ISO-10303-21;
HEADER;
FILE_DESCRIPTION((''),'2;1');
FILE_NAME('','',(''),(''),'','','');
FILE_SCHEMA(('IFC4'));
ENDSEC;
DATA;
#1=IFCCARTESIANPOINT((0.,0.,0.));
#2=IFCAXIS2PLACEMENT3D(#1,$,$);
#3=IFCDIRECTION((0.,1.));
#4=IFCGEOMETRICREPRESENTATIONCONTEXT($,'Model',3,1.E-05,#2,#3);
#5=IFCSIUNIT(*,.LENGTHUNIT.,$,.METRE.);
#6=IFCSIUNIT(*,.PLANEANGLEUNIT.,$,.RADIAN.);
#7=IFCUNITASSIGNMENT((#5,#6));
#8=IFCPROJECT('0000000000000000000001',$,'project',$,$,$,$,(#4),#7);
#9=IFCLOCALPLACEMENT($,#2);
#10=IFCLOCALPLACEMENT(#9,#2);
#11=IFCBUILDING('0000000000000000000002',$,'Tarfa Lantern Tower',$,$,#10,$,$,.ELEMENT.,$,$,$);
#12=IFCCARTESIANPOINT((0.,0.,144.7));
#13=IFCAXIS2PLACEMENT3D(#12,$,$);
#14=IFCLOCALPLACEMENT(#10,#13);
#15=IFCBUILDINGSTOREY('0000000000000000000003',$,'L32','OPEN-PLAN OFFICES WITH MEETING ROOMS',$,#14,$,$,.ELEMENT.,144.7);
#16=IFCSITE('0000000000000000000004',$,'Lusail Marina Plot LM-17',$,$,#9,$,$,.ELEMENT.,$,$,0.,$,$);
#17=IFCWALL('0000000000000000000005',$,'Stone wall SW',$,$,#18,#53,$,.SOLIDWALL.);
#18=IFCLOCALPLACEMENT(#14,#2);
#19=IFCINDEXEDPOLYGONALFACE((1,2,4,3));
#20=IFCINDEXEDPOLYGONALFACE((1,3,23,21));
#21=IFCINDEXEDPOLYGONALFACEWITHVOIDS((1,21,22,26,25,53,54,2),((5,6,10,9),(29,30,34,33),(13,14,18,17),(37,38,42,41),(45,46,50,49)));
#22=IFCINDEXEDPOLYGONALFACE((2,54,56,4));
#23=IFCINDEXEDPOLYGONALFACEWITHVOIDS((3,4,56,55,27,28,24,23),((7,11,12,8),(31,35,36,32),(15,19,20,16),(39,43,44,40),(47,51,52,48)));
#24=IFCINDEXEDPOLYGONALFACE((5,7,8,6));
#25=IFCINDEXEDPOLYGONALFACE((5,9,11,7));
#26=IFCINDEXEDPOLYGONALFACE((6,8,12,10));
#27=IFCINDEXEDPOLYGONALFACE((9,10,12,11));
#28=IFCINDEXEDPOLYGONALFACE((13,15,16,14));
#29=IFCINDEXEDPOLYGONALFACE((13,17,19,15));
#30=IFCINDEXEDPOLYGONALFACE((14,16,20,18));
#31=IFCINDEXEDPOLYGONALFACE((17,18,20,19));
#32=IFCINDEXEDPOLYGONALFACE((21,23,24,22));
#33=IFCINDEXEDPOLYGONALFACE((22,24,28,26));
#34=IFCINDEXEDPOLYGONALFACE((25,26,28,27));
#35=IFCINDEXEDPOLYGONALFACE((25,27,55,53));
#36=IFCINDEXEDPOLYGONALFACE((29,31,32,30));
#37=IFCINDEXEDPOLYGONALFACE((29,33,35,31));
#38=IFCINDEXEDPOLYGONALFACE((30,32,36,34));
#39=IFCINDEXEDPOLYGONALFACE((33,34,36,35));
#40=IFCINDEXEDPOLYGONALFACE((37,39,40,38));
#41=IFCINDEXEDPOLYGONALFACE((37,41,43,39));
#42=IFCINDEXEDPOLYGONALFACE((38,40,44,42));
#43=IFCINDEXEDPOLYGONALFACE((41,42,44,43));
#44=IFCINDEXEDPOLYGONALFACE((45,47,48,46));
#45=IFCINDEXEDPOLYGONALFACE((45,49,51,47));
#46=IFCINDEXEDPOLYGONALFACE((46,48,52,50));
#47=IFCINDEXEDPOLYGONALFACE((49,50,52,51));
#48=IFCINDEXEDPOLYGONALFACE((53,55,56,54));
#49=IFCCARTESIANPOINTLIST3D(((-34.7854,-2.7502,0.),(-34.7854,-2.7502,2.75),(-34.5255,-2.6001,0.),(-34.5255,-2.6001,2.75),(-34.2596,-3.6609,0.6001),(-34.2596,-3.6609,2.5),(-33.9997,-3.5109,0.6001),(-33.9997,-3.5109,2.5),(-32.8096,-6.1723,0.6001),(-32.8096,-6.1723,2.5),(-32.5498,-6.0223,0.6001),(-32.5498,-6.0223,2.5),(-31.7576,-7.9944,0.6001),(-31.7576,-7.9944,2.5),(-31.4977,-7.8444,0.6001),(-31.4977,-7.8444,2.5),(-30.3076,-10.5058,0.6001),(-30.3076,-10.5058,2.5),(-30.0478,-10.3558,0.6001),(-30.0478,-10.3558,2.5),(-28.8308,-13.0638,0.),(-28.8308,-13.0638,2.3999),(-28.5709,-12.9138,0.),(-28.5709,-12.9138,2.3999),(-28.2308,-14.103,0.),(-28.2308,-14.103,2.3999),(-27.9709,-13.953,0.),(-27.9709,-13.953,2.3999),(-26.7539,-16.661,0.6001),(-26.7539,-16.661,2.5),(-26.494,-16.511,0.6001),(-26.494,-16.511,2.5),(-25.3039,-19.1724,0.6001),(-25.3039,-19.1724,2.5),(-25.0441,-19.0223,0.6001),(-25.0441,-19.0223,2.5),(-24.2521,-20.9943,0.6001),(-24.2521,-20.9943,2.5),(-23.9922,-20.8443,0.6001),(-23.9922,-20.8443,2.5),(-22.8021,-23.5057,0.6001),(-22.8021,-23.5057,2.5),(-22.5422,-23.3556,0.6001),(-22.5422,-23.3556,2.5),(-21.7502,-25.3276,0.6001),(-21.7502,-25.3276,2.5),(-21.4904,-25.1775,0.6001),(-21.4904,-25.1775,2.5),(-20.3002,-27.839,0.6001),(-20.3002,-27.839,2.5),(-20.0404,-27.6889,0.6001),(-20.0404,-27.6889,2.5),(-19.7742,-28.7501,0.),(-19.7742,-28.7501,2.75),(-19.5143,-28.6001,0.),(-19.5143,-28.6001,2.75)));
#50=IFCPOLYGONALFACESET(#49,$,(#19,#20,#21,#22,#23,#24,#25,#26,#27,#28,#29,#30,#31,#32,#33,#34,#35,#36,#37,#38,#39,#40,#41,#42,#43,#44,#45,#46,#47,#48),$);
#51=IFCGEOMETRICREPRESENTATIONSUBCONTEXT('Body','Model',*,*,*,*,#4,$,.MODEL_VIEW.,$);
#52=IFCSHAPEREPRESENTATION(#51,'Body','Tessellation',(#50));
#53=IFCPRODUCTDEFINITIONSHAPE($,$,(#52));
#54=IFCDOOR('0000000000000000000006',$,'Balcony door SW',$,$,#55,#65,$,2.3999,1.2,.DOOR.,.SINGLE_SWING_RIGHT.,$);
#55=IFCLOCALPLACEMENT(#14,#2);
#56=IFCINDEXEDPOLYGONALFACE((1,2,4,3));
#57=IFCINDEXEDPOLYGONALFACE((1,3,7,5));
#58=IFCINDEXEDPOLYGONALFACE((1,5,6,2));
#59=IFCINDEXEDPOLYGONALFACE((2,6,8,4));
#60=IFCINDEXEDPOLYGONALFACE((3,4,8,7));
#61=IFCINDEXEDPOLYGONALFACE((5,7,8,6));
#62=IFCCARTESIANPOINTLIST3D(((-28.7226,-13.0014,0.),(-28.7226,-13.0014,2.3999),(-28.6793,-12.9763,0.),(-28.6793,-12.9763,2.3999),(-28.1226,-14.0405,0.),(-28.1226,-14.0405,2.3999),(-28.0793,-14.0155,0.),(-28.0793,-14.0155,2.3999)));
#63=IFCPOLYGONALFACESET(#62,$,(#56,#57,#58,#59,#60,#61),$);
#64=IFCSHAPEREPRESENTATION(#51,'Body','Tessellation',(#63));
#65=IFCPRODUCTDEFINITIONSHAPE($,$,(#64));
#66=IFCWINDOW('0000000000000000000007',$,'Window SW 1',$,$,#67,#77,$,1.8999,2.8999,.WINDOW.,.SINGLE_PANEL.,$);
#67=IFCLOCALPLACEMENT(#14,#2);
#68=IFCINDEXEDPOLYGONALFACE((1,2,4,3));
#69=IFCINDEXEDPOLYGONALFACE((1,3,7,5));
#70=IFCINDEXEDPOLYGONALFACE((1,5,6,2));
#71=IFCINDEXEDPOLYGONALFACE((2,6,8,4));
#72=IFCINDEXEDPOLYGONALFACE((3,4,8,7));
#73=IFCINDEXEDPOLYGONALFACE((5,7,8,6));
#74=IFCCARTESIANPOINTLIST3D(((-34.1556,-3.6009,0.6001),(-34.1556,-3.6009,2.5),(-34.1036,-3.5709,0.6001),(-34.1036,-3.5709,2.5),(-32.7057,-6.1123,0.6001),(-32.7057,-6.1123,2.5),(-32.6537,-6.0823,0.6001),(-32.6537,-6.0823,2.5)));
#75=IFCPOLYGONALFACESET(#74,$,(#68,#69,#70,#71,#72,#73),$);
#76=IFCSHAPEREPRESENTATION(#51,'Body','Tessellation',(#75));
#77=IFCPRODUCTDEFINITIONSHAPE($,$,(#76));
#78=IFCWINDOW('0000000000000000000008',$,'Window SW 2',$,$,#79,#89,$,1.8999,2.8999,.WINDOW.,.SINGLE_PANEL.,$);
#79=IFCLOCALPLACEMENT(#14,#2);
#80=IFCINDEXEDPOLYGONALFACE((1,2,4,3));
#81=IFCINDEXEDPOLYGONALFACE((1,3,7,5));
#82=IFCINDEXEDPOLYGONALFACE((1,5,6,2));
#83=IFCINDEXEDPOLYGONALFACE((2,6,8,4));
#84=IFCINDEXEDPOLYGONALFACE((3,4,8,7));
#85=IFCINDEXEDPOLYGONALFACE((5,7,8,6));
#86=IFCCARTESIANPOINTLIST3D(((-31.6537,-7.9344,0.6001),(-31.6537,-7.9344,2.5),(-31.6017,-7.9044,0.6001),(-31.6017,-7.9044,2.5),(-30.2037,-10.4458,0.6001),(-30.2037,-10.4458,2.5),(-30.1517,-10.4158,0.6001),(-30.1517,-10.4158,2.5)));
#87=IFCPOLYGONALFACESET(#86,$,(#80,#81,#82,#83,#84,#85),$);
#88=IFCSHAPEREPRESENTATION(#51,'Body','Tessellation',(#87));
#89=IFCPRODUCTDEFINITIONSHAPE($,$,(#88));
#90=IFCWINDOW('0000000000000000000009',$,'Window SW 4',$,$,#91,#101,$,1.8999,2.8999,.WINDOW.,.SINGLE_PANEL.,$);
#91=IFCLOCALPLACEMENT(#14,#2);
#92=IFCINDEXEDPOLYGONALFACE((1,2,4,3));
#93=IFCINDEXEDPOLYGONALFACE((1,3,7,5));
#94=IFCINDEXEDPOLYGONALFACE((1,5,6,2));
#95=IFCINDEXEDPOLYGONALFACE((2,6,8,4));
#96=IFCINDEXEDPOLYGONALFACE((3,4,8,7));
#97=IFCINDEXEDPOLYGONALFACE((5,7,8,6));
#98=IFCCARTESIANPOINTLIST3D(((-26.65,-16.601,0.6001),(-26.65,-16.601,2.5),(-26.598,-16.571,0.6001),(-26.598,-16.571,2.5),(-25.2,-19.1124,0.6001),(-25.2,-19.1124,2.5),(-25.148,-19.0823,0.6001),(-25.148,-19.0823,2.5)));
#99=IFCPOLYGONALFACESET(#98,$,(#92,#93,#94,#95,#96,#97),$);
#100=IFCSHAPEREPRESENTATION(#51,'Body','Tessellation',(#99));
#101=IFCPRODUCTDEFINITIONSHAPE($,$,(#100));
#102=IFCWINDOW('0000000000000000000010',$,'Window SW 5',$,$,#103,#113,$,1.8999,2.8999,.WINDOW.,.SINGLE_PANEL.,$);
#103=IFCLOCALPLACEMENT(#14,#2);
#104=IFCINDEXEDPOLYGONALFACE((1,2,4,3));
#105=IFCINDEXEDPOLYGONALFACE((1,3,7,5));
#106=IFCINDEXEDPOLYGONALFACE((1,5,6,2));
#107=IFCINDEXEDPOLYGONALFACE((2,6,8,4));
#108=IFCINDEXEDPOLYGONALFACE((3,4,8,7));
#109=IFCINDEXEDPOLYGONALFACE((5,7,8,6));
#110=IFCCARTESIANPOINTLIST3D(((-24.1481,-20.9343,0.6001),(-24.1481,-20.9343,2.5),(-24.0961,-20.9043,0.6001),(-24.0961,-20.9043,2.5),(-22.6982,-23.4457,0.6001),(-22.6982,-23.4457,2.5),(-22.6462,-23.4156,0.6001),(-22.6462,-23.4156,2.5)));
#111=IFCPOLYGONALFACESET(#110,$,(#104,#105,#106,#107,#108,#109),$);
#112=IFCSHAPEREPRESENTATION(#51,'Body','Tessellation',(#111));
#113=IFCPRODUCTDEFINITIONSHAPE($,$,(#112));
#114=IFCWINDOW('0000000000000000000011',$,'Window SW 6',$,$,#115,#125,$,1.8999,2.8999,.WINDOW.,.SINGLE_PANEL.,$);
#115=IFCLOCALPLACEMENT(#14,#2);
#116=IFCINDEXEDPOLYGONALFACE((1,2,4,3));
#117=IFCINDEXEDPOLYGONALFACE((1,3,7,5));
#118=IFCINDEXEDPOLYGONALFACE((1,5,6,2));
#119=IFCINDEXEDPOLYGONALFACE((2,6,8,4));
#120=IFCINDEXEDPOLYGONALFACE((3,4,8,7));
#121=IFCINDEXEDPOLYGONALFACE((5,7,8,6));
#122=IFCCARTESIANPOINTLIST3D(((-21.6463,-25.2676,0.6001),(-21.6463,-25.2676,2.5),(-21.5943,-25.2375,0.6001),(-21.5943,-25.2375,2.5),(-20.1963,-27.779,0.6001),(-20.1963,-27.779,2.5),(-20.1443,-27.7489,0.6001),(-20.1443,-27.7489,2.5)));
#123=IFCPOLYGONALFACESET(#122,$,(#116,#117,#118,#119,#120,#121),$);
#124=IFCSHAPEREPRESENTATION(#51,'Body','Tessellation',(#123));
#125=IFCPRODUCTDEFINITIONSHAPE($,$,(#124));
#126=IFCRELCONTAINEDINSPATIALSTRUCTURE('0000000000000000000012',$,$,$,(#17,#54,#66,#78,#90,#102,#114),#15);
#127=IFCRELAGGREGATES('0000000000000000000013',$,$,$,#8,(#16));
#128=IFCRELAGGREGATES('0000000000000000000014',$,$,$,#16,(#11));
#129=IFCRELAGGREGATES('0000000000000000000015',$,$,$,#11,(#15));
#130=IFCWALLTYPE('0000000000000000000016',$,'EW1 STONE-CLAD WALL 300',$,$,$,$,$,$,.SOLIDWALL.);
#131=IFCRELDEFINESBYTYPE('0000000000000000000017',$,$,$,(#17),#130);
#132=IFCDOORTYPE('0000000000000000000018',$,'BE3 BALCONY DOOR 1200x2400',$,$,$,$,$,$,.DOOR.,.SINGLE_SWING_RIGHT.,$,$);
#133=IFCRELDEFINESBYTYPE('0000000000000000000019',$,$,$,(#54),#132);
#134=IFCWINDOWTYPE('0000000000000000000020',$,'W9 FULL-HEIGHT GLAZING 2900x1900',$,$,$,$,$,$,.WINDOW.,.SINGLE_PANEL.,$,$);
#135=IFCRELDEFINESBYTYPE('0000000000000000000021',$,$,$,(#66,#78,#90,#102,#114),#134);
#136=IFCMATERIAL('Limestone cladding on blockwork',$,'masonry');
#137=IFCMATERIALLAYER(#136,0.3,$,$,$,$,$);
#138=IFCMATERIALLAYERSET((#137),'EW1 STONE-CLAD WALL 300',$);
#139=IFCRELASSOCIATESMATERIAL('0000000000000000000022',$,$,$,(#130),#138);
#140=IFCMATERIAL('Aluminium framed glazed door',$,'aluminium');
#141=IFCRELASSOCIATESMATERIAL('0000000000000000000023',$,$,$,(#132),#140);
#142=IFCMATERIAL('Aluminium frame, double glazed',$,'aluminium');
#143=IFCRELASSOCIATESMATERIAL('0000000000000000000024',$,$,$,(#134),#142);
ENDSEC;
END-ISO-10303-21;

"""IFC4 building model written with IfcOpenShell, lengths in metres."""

from ifc_helpers import new_model, si_unit, direction, frame, frame_2d, origin, place, context, subcontext, project, spatial, rectangle, extrude, material, layer, layer_set, type_object, element, fill, save


model = new_model("IFC4")

# Units and contexts
model_context = context("Model", 3, precision=1e-05, world=origin(), true_north=direction((0.0, 1.0)))
body_context = subcontext(model_context, "Body", "Model", "MODEL_VIEW")
ifc_project = project(units=[si_unit("LENGTHUNIT", "METRE"), si_unit("PLANEANGLEUNIT", "RADIAN")], contexts=[model_context])

# Site, building, storey
site_placement = place(None, origin())
site = spatial("IfcSite", under=ifc_project, at=site_placement, Name="Lusail Marina Plot LM-17", CompositionType="ELEMENT", RefElevation=0.0)
building_placement = place(site_placement, origin())
building = spatial("IfcBuilding", under=site, at=building_placement, Name="Tarfa Lantern Tower", CompositionType="ELEMENT")
storey_placement = place(building_placement, frame((0.0, 0.0, 144.7)))
storey = spatial("IfcBuildingStorey", under=building, at=storey_placement, Name="L32", Description="OPEN-PLAN OFFICES WITH MEETING ROOMS", CompositionType="ELEMENT", Elevation=144.7)

# Wall, openings, door, windows
ifc_material_1 = material(Name="Limestone cladding on blockwork", Category="masonry")
ifc_layer_1 = layer(ifc_material_1, 0.3)
ifc_layer_set_1 = layer_set([ifc_layer_1], Name="EW1 STONE-CLAD WALL 300")
wall_type = type_object("IfcWallType", Name="EW1 STONE-CLAD WALL 300", PredefinedType="SOLIDWALL", material=ifc_layer_set_1)
wall_placement = place(storey_placement, frame((-34.6555, -2.675, 0.0), z_axis=(0.0, 0.0, 1.0), x_axis=(0.500003, -0.866024, 0.0)))
wall = element("IfcWall", 1, at=wall_placement, inside=storey, type_object=wall_type, Name="Stone wall SW", PredefinedType="SOLIDWALL", context=body_context, shape_type="SweptSolid", body=[
    extrude(rectangle(XDim=30.0222, YDim=0.3, at=frame_2d((15.0112, 0.0))), origin(), (0.0, 0.0, 1.0), 2.75),
])
opening_1_placement = place(wall_placement, frame((1.0518, 0.0, 0.6001)))
opening_1 = element("IfcOpeningElement", 2, at=opening_1_placement, cuts=wall, PredefinedType="OPENING", context=body_context, shape_type="SweptSolid", body=[
    extrude(rectangle(XDim=2.8999, YDim=1.8999, at=frame_2d((1.45, 0.95))), frame((0.0, 0.1599, 0.0), z_axis=(0.0, -1.0, 0.0), x_axis=(1.0, 0.0, 0.0)), (0.0, 0.0, 1.0), 0.3201),
])
opening_2_placement = place(wall_placement, frame((6.0557, 0.0, 0.6001)))
opening_2 = element("IfcOpeningElement", 3, at=opening_2_placement, cuts=wall, PredefinedType="OPENING", context=body_context, shape_type="SweptSolid", body=[
    extrude(rectangle(XDim=2.8999, YDim=1.8999, at=frame_2d((1.45, 0.95))), frame((0.0, 0.1599, 0.0), z_axis=(0.0, -1.0, 0.0), x_axis=(1.0, 0.0, 0.0)), (0.0, 0.0, 1.0), 0.3201),
])
opening_3_placement = place(wall_placement, frame((11.9092, 0.0, 0.0)))
opening_3 = element("IfcOpeningElement", 4, at=opening_3_placement, cuts=wall, PredefinedType="OPENING", context=body_context, shape_type="SweptSolid", body=[
    extrude(rectangle(XDim=1.2, YDim=2.3999, at=frame_2d((0.6001, 1.2))), frame((0.0, 0.1599, 0.0), z_axis=(0.0, -1.0, 0.0), x_axis=(1.0, 0.0, 0.0)), (0.0, 0.0, 1.0), 0.3201),
])
opening_4_placement = place(wall_placement, frame((16.063, 0.0, 0.6001)))
opening_4 = element("IfcOpeningElement", 5, at=opening_4_placement, cuts=wall, PredefinedType="OPENING", context=body_context, shape_type="SweptSolid", body=[
    extrude(rectangle(XDim=2.8999, YDim=1.8999, at=frame_2d((1.45, 0.95))), frame((0.0, 0.1599, 0.0), z_axis=(0.0, -1.0, 0.0), x_axis=(1.0, 0.0, 0.0)), (0.0, 0.0, 1.0), 0.3201),
])
opening_5_placement = place(wall_placement, frame((21.0667, 0.0, 0.6001)))
opening_5 = element("IfcOpeningElement", 6, at=opening_5_placement, cuts=wall, PredefinedType="OPENING", context=body_context, shape_type="SweptSolid", body=[
    extrude(rectangle(XDim=2.8999, YDim=1.8999, at=frame_2d((1.45, 0.95))), frame((0.0, 0.1599, 0.0), z_axis=(0.0, -1.0, 0.0), x_axis=(1.0, 0.0, 0.0)), (0.0, 0.0, 1.0), 0.3201),
])
opening_6_placement = place(wall_placement, frame((26.0703, 0.0, 0.6001)))
opening_6 = element("IfcOpeningElement", 7, at=opening_6_placement, cuts=wall, PredefinedType="OPENING", context=body_context, shape_type="SweptSolid", body=[
    extrude(rectangle(XDim=2.8999, YDim=1.8999, at=frame_2d((1.45, 0.95))), frame((0.0, 0.1599, 0.0), z_axis=(0.0, -1.0, 0.0), x_axis=(1.0, 0.0, 0.0)), (0.0, 0.0, 1.0), 0.3201),
])
ifc_material_2 = material(Name="Aluminium framed glazed door", Category="aluminium")
door_type = type_object("IfcDoorType", Name="BE3 BALCONY DOOR 1200x2400", OperationType="SINGLE_SWING_RIGHT", PredefinedType="DOOR", material=ifc_material_2)
door_placement = place(opening_3_placement, origin())
door = element("IfcDoor", 8, at=door_placement, inside=storey, type_object=door_type, Name="Balcony door SW", OperationType="SINGLE_SWING_RIGHT", OverallHeight=2.3999, OverallWidth=1.2, PredefinedType="DOOR", context=body_context, shape_type="SweptSolid", body=[
    extrude(rectangle(XDim=1.2, YDim=2.3999, at=frame_2d((0.6001, 1.2))), frame((0.0, 0.0249, 0.0), z_axis=(0.0, -1.0, 0.0), x_axis=(1.0, 0.0, 0.0)), (0.0, 0.0, 1.0), 0.05),
])
fill(opening_3, door)
ifc_material_3 = material(Name="Aluminium frame, double glazed", Category="aluminium")
window_type = type_object("IfcWindowType", Name="W9 FULL-HEIGHT GLAZING 2900x1900", PartitioningType="SINGLE_PANEL", PredefinedType="WINDOW", material=ifc_material_3)
window_1_placement = place(opening_1_placement, origin())
window_1 = element("IfcWindow", 9, at=window_1_placement, inside=storey, type_object=window_type, Name="Window SW 1", OverallHeight=1.8999, OverallWidth=2.8999, PartitioningType="SINGLE_PANEL", PredefinedType="WINDOW", context=body_context, shape_type="SweptSolid", body=[
    extrude(rectangle(XDim=2.8999, YDim=1.8999, at=frame_2d((1.45, 0.95))), frame((0.0, 0.03, 0.0), z_axis=(0.0, -1.0, 0.0), x_axis=(1.0, 0.0, 0.0)), (0.0, 0.0, 1.0), 0.0601),
])
fill(opening_1, window_1)
window_2_placement = place(opening_2_placement, origin())
window_2 = element("IfcWindow", 10, at=window_2_placement, inside=storey, type_object=window_type, Name="Window SW 2", OverallHeight=1.8999, OverallWidth=2.8999, PartitioningType="SINGLE_PANEL", PredefinedType="WINDOW", context=body_context, shape_type="SweptSolid", body=[
    extrude(rectangle(XDim=2.8999, YDim=1.8999, at=frame_2d((1.45, 0.95))), frame((0.0, 0.03, 0.0), z_axis=(0.0, -1.0, 0.0), x_axis=(1.0, 0.0, 0.0)), (0.0, 0.0, 1.0), 0.0601),
])
fill(opening_2, window_2)
window_3_placement = place(opening_4_placement, origin())
window_3 = element("IfcWindow", 11, at=window_3_placement, inside=storey, type_object=window_type, Name="Window SW 4", OverallHeight=1.8999, OverallWidth=2.8999, PartitioningType="SINGLE_PANEL", PredefinedType="WINDOW", context=body_context, shape_type="SweptSolid", body=[
    extrude(rectangle(XDim=2.8999, YDim=1.8999, at=frame_2d((1.45, 0.95))), frame((0.0, 0.03, 0.0), z_axis=(0.0, -1.0, 0.0), x_axis=(1.0, 0.0, 0.0)), (0.0, 0.0, 1.0), 0.0601),
])
fill(opening_4, window_3)
window_4_placement = place(opening_5_placement, origin())
window_4 = element("IfcWindow", 12, at=window_4_placement, inside=storey, type_object=window_type, Name="Window SW 5", OverallHeight=1.8999, OverallWidth=2.8999, PartitioningType="SINGLE_PANEL", PredefinedType="WINDOW", context=body_context, shape_type="SweptSolid", body=[
    extrude(rectangle(XDim=2.8999, YDim=1.8999, at=frame_2d((1.45, 0.95))), frame((0.0, 0.03, 0.0), z_axis=(0.0, -1.0, 0.0), x_axis=(1.0, 0.0, 0.0)), (0.0, 0.0, 1.0), 0.0601),
])
fill(opening_5, window_4)
window_5_placement = place(opening_6_placement, origin())
window_5 = element("IfcWindow", 13, at=window_5_placement, inside=storey, type_object=window_type, Name="Window SW 6", OverallHeight=1.8999, OverallWidth=2.8999, PartitioningType="SINGLE_PANEL", PredefinedType="WINDOW", context=body_context, shape_type="SweptSolid", body=[
    extrude(rectangle(XDim=2.8999, YDim=1.8999, at=frame_2d((1.45, 0.95))), frame((0.0, 0.03, 0.0), z_axis=(0.0, -1.0, 0.0), x_axis=(1.0, 0.0, 0.0)), (0.0, 0.0, 1.0), 0.0601),
])
fill(opening_6, window_5)

save(model, "model.ifc")
